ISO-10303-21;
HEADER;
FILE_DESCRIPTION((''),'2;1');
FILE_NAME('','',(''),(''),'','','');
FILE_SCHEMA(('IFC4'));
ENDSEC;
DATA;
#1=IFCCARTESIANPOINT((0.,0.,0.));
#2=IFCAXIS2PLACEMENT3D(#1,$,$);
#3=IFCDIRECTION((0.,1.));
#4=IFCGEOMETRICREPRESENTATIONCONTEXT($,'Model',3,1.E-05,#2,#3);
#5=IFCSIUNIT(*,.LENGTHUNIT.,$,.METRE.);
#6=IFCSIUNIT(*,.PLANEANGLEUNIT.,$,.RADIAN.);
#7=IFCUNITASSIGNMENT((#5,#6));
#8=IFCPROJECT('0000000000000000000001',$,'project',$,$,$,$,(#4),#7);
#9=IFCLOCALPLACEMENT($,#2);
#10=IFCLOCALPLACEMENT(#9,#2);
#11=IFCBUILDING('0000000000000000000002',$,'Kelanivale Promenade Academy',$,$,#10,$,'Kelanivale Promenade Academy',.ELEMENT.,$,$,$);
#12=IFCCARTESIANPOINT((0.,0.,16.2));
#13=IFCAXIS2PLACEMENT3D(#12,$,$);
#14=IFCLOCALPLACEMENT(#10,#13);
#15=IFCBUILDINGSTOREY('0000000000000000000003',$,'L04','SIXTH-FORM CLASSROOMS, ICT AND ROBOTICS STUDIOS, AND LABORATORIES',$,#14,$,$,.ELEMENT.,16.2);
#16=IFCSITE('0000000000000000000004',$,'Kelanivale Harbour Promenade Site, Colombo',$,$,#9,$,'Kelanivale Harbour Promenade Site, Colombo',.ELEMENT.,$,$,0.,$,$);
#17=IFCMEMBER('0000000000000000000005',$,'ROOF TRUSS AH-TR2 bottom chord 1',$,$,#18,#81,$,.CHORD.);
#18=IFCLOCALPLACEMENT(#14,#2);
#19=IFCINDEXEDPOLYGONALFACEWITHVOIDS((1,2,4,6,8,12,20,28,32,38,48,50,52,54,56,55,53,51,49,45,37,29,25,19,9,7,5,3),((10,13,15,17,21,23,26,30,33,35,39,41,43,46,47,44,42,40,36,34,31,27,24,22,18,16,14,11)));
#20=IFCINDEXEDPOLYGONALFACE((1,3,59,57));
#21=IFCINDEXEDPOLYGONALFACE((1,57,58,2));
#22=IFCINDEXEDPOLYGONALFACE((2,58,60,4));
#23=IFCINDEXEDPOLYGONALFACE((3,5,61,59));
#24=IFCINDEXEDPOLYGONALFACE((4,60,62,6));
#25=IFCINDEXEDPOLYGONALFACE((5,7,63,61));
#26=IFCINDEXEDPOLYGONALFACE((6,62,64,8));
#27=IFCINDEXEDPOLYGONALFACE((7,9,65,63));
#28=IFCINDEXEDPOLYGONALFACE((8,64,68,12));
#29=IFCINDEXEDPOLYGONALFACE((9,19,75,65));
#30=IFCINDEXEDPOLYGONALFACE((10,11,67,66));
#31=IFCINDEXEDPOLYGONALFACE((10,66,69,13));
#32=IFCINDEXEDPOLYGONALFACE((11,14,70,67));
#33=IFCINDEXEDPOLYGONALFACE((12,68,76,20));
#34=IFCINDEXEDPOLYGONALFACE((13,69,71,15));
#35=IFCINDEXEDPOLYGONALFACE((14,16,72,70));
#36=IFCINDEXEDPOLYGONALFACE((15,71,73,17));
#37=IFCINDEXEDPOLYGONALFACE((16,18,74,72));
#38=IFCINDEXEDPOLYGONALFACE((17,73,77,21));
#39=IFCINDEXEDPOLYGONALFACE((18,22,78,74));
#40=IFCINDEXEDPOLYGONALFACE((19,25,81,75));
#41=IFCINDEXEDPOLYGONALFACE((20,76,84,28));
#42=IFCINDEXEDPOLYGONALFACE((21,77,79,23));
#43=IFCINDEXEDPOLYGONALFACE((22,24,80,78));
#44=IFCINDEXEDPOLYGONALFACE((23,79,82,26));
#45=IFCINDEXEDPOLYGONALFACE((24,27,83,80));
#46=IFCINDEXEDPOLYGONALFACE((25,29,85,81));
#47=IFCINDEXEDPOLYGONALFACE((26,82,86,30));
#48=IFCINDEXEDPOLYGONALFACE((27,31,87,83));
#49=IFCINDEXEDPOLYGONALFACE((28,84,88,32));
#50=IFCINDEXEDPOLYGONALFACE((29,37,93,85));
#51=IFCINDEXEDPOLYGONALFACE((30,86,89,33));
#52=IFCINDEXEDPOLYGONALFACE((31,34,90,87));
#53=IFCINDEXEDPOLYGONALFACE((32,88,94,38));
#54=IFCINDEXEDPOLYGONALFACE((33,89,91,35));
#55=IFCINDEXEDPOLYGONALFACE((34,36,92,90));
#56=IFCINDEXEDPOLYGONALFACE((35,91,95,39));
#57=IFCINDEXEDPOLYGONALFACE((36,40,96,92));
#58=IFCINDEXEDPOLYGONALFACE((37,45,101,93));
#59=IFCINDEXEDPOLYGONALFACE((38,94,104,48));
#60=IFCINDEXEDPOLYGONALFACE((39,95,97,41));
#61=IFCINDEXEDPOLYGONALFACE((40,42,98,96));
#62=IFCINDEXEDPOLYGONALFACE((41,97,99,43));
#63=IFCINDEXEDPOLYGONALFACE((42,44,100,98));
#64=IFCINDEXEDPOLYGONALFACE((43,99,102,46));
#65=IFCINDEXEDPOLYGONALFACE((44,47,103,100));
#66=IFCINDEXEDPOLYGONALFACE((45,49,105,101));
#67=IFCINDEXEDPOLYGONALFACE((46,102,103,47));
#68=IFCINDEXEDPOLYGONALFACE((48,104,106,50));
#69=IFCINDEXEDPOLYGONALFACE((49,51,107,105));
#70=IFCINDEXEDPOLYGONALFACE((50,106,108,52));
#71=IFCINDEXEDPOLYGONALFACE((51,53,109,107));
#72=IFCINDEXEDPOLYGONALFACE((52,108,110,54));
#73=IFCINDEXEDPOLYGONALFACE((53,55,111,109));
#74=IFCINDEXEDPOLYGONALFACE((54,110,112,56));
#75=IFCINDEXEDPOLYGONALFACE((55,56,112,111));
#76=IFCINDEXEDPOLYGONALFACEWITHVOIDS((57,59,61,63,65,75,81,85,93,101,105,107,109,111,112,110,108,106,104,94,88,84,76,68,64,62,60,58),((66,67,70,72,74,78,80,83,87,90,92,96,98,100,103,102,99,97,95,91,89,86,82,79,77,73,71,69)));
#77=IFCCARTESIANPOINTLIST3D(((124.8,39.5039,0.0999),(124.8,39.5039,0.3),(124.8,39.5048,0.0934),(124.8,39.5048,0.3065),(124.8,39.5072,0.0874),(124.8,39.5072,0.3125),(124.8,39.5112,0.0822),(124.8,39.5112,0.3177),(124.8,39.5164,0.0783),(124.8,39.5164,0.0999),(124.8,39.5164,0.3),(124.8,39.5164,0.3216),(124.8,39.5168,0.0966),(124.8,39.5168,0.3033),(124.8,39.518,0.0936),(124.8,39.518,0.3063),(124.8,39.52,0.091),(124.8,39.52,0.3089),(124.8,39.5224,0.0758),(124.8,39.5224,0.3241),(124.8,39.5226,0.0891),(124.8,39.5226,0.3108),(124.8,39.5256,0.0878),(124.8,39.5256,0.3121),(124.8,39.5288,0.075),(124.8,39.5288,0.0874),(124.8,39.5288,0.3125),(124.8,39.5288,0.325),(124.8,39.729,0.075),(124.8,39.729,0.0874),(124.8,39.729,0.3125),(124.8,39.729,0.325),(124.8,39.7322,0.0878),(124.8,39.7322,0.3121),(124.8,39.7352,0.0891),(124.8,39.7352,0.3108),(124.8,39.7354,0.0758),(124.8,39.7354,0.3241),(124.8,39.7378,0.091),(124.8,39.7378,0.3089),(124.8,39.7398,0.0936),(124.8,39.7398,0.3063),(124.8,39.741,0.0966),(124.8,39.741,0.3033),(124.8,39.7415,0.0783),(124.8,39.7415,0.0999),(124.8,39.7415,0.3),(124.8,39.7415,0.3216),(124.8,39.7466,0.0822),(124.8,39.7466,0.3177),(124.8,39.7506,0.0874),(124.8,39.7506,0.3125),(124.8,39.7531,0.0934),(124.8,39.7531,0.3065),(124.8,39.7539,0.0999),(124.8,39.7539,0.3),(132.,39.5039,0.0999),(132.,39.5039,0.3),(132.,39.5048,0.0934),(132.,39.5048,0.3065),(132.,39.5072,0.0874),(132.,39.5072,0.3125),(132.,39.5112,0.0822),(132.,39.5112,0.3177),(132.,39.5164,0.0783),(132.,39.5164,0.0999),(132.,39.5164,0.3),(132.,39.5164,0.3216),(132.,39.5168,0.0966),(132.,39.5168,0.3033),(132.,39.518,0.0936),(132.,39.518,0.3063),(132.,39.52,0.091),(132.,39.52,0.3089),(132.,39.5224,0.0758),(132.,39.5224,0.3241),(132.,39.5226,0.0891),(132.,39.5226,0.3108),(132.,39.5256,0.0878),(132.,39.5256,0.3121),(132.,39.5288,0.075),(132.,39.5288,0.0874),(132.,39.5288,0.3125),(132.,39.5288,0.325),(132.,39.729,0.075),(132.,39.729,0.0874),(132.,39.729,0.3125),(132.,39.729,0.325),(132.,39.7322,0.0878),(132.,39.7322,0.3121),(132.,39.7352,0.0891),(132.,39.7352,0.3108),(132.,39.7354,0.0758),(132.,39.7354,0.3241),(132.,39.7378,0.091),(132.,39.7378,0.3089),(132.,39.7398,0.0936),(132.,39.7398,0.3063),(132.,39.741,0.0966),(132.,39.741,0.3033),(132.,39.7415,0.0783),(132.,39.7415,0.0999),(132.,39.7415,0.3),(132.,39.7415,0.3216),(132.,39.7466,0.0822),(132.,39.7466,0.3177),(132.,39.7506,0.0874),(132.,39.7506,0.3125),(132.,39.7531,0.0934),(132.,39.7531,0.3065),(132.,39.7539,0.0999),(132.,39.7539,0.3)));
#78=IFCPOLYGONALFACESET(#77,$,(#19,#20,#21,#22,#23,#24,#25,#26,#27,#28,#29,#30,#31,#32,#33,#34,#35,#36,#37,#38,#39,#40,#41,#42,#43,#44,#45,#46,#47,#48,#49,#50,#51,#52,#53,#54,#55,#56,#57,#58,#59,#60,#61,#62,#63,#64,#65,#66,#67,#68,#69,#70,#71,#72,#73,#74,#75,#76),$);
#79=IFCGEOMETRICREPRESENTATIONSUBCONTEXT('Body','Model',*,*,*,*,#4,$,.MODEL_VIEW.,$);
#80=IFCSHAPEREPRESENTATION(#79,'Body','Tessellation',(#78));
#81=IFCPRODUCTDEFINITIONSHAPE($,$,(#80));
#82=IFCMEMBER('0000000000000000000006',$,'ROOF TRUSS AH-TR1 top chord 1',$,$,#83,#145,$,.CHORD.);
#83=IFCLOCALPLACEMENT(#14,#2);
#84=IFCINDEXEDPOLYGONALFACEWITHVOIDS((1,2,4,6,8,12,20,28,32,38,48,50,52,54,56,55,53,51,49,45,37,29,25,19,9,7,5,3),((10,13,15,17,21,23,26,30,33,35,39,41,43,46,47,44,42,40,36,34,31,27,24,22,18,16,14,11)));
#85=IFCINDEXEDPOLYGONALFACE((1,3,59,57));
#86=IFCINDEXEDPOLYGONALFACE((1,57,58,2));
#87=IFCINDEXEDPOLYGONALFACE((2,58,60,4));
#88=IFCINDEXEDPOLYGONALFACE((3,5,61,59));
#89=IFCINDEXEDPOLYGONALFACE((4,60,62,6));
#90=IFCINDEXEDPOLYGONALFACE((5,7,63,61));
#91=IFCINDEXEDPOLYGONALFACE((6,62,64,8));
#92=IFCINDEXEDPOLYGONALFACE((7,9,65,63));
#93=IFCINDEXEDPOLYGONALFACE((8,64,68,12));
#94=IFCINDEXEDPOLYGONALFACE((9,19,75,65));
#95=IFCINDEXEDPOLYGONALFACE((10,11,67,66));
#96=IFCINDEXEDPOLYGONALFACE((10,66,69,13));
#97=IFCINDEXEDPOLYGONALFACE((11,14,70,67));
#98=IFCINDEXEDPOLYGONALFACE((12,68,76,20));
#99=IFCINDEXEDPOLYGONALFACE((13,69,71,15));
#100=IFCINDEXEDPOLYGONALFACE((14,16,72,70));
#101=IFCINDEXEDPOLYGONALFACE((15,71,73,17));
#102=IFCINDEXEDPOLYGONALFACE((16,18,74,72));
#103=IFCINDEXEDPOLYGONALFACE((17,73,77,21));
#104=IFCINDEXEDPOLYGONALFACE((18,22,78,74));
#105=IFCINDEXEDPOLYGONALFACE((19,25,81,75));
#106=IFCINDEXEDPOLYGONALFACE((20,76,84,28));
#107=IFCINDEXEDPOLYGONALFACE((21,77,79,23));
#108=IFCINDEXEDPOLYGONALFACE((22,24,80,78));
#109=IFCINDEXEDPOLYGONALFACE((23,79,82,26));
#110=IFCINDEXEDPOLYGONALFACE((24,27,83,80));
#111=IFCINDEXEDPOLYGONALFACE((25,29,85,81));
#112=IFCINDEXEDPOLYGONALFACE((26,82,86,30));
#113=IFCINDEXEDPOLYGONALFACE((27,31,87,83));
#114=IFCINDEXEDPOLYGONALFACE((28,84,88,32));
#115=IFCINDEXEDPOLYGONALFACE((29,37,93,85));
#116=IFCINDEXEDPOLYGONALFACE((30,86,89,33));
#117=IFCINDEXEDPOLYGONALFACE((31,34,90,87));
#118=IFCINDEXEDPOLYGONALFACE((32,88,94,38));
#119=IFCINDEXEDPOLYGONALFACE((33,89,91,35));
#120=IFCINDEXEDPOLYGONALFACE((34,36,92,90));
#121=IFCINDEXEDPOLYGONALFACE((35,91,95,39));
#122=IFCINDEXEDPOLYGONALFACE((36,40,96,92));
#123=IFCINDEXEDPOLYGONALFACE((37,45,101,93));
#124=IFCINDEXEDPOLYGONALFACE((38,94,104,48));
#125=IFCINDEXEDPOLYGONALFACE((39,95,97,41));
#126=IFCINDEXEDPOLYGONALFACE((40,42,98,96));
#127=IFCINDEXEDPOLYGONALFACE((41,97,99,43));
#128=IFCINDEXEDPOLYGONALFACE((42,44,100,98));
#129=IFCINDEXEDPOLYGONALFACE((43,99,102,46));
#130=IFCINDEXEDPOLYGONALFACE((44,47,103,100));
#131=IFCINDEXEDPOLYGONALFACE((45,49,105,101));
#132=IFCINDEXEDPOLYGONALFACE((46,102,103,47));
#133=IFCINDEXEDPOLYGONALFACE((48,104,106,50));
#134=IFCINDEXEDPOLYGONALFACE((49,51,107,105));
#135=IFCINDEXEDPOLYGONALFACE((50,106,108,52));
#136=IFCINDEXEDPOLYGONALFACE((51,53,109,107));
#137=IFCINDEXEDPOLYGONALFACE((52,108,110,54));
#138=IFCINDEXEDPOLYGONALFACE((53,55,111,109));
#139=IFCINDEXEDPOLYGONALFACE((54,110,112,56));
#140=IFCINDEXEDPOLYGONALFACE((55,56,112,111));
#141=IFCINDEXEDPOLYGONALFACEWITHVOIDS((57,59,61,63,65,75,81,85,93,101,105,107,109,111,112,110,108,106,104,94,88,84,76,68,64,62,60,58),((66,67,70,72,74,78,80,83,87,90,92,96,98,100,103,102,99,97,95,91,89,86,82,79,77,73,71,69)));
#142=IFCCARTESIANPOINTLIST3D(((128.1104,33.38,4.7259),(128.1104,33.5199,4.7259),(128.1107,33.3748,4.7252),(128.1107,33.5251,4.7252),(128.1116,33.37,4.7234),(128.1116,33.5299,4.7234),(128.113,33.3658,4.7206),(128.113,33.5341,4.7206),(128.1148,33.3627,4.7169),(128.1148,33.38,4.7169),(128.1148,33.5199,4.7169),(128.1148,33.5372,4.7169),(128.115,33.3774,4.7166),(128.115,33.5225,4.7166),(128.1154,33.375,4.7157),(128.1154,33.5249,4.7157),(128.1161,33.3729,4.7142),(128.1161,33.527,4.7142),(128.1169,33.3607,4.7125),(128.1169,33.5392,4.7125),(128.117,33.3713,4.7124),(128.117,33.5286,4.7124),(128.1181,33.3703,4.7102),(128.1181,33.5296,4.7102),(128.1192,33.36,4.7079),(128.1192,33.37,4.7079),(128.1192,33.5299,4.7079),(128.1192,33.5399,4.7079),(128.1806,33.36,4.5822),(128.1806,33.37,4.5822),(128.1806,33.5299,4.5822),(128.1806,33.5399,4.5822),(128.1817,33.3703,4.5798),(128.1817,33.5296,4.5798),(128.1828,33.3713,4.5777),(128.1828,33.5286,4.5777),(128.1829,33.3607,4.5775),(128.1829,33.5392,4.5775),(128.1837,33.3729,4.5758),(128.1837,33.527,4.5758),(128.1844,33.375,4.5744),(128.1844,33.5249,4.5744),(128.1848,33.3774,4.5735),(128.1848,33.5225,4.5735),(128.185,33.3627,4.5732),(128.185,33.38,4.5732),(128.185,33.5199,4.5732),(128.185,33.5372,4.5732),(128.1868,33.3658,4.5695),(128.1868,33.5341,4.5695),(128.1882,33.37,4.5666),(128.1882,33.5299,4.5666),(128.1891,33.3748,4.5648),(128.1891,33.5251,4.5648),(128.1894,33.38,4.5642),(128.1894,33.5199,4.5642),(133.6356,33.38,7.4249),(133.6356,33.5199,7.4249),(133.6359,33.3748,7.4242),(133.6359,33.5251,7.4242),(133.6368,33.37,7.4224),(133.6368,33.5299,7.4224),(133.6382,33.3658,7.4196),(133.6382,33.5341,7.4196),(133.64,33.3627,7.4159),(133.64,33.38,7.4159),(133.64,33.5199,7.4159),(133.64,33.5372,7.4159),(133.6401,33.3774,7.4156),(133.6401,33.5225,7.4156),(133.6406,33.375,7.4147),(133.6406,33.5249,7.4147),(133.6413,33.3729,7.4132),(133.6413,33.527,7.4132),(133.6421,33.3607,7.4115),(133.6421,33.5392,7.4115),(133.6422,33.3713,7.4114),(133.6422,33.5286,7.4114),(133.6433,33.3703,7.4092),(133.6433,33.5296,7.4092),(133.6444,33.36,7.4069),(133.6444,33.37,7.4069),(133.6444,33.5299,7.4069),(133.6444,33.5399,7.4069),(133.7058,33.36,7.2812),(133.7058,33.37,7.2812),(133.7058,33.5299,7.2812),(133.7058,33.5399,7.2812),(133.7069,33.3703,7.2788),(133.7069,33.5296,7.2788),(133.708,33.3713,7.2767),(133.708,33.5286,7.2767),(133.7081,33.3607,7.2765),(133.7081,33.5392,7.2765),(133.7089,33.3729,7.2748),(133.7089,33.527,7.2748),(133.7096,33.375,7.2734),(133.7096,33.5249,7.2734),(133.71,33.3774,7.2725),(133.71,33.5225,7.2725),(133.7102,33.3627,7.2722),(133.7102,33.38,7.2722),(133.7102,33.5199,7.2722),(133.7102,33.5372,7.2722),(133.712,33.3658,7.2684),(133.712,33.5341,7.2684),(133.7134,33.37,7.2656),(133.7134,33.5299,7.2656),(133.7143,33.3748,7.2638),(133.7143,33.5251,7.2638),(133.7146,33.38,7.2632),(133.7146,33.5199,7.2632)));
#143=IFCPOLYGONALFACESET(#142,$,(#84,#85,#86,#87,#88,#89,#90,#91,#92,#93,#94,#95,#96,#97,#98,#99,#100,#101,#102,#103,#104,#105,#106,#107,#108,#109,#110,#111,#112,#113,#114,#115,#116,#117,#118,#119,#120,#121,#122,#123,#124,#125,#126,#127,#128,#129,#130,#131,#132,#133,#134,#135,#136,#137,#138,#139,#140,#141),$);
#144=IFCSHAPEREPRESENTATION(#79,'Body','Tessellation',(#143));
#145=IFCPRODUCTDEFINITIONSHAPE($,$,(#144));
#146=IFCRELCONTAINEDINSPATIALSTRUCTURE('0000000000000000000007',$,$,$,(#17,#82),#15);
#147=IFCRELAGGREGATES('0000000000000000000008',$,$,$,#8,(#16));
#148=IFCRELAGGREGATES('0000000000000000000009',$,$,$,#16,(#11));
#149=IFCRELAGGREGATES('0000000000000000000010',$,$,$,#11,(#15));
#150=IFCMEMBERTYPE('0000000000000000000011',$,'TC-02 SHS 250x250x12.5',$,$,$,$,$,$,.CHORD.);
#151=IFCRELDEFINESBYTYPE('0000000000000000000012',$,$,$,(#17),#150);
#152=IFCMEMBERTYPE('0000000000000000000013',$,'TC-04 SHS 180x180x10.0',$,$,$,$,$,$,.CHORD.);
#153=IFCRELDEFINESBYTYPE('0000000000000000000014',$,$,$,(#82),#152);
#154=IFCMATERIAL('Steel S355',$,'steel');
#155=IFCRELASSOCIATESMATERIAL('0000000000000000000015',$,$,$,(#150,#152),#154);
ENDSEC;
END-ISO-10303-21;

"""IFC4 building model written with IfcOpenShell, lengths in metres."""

from ifc_helpers import new_model, si_unit, direction, frame, origin, origin_2d, place, context, subcontext, project, spatial, hollow_rectangle, extrude, material, material_profile, profile_set, type_object, element, save


model = new_model("IFC4")

# Units and contexts
model_context = context("Model", 3, precision=1e-05, world=origin(), true_north=direction((0.0, 1.0)))
body_context = subcontext(model_context, "Body", "Model", "MODEL_VIEW")
ifc_project = project(units=[si_unit("LENGTHUNIT", "METRE"), si_unit("PLANEANGLEUNIT", "RADIAN")], contexts=[model_context])

# Site, building, storey
site_placement = place(None, origin())
site = spatial("IfcSite", under=ifc_project, at=site_placement, Name="Kelanivale Harbour Promenade Site, Colombo", LongName="Kelanivale Harbour Promenade Site, Colombo", CompositionType="ELEMENT", RefElevation=0.0)
building_placement = place(site_placement, origin())
building = spatial("IfcBuilding", under=site, at=building_placement, Name="Kelanivale Promenade Academy", LongName="Kelanivale Promenade Academy", CompositionType="ELEMENT")
storey_placement = place(building_placement, frame((0.0, 0.0, 16.2)))
storey = spatial("IfcBuildingStorey", under=building, at=storey_placement, Name="L04", Description="SIXTH-FORM CLASSROOMS, ICT AND ROBOTICS STUDIOS, AND LABORATORIES", CompositionType="ELEMENT", Elevation=16.2)

# Shared definitions
ifc_material_1 = material(Name="Steel S355", Category="steel")

# Members
ifc_material_profile_1 = material_profile(ifc_material_1, hollow_rectangle(XDim=0.25, YDim=0.25, WallThickness=0.0125, InnerFilletRadius=0.0125, OuterFilletRadius=0.0249, at=origin_2d()), Name="SHS 250x250x12.5")
ifc_profile_set_1 = profile_set([ifc_material_profile_1], Name="Steel S355")
member_type_1 = type_object("IfcMemberType", Name="TC-02 SHS 250x250x12.5", PredefinedType="CHORD", material=ifc_profile_set_1)
member_1_placement = place(storey_placement, frame((124.8, 39.6289, 0.2), z_axis=(1.0, 0.0, 0.0), x_axis=(0.0, 1.0, 0.0)))
element("IfcMember", 1, at=member_1_placement, inside=storey, type_object=member_type_1, Name="ROOF TRUSS AH-TR2 bottom chord 1", PredefinedType="CHORD", context=body_context, shape_type="SweptSolid", body=[
    extrude(hollow_rectangle(XDim=0.25, YDim=0.25, WallThickness=0.0125, InnerFilletRadius=0.0125, OuterFilletRadius=0.0249, at=origin_2d()), origin(), (0.0, 0.0, 1.0), 7.2),
])
ifc_material_profile_2 = material_profile(ifc_material_1, hollow_rectangle(XDim=0.1799, YDim=0.1799, WallThickness=0.01, InnerFilletRadius=0.01, OuterFilletRadius=0.02, at=origin_2d()), Name="SHS 180x180x10.0")
ifc_profile_set_2 = profile_set([ifc_material_profile_2], Name="Steel S355")
member_type_2 = type_object("IfcMemberType", Name="TC-04 SHS 180x180x10.0", PredefinedType="CHORD", material=ifc_profile_set_2)
member_2_placement = place(storey_placement, frame((128.1499, 33.45, 4.645), z_axis=(0.898526, 0.0, 0.43892), x_axis=(0.0, 1.0, 0.0)))
element("IfcMember", 2, at=member_2_placement, inside=storey, type_object=member_type_2, Name="ROOF TRUSS AH-TR1 top chord 1", PredefinedType="CHORD", context=body_context, shape_type="SweptSolid", body=[
    extrude(hollow_rectangle(XDim=0.1799, YDim=0.1799, WallThickness=0.01, InnerFilletRadius=0.01, OuterFilletRadius=0.02, at=origin_2d()), origin(), (0.0, 0.0, 1.0), 6.1492),
])

save(model, "model.ifc")
